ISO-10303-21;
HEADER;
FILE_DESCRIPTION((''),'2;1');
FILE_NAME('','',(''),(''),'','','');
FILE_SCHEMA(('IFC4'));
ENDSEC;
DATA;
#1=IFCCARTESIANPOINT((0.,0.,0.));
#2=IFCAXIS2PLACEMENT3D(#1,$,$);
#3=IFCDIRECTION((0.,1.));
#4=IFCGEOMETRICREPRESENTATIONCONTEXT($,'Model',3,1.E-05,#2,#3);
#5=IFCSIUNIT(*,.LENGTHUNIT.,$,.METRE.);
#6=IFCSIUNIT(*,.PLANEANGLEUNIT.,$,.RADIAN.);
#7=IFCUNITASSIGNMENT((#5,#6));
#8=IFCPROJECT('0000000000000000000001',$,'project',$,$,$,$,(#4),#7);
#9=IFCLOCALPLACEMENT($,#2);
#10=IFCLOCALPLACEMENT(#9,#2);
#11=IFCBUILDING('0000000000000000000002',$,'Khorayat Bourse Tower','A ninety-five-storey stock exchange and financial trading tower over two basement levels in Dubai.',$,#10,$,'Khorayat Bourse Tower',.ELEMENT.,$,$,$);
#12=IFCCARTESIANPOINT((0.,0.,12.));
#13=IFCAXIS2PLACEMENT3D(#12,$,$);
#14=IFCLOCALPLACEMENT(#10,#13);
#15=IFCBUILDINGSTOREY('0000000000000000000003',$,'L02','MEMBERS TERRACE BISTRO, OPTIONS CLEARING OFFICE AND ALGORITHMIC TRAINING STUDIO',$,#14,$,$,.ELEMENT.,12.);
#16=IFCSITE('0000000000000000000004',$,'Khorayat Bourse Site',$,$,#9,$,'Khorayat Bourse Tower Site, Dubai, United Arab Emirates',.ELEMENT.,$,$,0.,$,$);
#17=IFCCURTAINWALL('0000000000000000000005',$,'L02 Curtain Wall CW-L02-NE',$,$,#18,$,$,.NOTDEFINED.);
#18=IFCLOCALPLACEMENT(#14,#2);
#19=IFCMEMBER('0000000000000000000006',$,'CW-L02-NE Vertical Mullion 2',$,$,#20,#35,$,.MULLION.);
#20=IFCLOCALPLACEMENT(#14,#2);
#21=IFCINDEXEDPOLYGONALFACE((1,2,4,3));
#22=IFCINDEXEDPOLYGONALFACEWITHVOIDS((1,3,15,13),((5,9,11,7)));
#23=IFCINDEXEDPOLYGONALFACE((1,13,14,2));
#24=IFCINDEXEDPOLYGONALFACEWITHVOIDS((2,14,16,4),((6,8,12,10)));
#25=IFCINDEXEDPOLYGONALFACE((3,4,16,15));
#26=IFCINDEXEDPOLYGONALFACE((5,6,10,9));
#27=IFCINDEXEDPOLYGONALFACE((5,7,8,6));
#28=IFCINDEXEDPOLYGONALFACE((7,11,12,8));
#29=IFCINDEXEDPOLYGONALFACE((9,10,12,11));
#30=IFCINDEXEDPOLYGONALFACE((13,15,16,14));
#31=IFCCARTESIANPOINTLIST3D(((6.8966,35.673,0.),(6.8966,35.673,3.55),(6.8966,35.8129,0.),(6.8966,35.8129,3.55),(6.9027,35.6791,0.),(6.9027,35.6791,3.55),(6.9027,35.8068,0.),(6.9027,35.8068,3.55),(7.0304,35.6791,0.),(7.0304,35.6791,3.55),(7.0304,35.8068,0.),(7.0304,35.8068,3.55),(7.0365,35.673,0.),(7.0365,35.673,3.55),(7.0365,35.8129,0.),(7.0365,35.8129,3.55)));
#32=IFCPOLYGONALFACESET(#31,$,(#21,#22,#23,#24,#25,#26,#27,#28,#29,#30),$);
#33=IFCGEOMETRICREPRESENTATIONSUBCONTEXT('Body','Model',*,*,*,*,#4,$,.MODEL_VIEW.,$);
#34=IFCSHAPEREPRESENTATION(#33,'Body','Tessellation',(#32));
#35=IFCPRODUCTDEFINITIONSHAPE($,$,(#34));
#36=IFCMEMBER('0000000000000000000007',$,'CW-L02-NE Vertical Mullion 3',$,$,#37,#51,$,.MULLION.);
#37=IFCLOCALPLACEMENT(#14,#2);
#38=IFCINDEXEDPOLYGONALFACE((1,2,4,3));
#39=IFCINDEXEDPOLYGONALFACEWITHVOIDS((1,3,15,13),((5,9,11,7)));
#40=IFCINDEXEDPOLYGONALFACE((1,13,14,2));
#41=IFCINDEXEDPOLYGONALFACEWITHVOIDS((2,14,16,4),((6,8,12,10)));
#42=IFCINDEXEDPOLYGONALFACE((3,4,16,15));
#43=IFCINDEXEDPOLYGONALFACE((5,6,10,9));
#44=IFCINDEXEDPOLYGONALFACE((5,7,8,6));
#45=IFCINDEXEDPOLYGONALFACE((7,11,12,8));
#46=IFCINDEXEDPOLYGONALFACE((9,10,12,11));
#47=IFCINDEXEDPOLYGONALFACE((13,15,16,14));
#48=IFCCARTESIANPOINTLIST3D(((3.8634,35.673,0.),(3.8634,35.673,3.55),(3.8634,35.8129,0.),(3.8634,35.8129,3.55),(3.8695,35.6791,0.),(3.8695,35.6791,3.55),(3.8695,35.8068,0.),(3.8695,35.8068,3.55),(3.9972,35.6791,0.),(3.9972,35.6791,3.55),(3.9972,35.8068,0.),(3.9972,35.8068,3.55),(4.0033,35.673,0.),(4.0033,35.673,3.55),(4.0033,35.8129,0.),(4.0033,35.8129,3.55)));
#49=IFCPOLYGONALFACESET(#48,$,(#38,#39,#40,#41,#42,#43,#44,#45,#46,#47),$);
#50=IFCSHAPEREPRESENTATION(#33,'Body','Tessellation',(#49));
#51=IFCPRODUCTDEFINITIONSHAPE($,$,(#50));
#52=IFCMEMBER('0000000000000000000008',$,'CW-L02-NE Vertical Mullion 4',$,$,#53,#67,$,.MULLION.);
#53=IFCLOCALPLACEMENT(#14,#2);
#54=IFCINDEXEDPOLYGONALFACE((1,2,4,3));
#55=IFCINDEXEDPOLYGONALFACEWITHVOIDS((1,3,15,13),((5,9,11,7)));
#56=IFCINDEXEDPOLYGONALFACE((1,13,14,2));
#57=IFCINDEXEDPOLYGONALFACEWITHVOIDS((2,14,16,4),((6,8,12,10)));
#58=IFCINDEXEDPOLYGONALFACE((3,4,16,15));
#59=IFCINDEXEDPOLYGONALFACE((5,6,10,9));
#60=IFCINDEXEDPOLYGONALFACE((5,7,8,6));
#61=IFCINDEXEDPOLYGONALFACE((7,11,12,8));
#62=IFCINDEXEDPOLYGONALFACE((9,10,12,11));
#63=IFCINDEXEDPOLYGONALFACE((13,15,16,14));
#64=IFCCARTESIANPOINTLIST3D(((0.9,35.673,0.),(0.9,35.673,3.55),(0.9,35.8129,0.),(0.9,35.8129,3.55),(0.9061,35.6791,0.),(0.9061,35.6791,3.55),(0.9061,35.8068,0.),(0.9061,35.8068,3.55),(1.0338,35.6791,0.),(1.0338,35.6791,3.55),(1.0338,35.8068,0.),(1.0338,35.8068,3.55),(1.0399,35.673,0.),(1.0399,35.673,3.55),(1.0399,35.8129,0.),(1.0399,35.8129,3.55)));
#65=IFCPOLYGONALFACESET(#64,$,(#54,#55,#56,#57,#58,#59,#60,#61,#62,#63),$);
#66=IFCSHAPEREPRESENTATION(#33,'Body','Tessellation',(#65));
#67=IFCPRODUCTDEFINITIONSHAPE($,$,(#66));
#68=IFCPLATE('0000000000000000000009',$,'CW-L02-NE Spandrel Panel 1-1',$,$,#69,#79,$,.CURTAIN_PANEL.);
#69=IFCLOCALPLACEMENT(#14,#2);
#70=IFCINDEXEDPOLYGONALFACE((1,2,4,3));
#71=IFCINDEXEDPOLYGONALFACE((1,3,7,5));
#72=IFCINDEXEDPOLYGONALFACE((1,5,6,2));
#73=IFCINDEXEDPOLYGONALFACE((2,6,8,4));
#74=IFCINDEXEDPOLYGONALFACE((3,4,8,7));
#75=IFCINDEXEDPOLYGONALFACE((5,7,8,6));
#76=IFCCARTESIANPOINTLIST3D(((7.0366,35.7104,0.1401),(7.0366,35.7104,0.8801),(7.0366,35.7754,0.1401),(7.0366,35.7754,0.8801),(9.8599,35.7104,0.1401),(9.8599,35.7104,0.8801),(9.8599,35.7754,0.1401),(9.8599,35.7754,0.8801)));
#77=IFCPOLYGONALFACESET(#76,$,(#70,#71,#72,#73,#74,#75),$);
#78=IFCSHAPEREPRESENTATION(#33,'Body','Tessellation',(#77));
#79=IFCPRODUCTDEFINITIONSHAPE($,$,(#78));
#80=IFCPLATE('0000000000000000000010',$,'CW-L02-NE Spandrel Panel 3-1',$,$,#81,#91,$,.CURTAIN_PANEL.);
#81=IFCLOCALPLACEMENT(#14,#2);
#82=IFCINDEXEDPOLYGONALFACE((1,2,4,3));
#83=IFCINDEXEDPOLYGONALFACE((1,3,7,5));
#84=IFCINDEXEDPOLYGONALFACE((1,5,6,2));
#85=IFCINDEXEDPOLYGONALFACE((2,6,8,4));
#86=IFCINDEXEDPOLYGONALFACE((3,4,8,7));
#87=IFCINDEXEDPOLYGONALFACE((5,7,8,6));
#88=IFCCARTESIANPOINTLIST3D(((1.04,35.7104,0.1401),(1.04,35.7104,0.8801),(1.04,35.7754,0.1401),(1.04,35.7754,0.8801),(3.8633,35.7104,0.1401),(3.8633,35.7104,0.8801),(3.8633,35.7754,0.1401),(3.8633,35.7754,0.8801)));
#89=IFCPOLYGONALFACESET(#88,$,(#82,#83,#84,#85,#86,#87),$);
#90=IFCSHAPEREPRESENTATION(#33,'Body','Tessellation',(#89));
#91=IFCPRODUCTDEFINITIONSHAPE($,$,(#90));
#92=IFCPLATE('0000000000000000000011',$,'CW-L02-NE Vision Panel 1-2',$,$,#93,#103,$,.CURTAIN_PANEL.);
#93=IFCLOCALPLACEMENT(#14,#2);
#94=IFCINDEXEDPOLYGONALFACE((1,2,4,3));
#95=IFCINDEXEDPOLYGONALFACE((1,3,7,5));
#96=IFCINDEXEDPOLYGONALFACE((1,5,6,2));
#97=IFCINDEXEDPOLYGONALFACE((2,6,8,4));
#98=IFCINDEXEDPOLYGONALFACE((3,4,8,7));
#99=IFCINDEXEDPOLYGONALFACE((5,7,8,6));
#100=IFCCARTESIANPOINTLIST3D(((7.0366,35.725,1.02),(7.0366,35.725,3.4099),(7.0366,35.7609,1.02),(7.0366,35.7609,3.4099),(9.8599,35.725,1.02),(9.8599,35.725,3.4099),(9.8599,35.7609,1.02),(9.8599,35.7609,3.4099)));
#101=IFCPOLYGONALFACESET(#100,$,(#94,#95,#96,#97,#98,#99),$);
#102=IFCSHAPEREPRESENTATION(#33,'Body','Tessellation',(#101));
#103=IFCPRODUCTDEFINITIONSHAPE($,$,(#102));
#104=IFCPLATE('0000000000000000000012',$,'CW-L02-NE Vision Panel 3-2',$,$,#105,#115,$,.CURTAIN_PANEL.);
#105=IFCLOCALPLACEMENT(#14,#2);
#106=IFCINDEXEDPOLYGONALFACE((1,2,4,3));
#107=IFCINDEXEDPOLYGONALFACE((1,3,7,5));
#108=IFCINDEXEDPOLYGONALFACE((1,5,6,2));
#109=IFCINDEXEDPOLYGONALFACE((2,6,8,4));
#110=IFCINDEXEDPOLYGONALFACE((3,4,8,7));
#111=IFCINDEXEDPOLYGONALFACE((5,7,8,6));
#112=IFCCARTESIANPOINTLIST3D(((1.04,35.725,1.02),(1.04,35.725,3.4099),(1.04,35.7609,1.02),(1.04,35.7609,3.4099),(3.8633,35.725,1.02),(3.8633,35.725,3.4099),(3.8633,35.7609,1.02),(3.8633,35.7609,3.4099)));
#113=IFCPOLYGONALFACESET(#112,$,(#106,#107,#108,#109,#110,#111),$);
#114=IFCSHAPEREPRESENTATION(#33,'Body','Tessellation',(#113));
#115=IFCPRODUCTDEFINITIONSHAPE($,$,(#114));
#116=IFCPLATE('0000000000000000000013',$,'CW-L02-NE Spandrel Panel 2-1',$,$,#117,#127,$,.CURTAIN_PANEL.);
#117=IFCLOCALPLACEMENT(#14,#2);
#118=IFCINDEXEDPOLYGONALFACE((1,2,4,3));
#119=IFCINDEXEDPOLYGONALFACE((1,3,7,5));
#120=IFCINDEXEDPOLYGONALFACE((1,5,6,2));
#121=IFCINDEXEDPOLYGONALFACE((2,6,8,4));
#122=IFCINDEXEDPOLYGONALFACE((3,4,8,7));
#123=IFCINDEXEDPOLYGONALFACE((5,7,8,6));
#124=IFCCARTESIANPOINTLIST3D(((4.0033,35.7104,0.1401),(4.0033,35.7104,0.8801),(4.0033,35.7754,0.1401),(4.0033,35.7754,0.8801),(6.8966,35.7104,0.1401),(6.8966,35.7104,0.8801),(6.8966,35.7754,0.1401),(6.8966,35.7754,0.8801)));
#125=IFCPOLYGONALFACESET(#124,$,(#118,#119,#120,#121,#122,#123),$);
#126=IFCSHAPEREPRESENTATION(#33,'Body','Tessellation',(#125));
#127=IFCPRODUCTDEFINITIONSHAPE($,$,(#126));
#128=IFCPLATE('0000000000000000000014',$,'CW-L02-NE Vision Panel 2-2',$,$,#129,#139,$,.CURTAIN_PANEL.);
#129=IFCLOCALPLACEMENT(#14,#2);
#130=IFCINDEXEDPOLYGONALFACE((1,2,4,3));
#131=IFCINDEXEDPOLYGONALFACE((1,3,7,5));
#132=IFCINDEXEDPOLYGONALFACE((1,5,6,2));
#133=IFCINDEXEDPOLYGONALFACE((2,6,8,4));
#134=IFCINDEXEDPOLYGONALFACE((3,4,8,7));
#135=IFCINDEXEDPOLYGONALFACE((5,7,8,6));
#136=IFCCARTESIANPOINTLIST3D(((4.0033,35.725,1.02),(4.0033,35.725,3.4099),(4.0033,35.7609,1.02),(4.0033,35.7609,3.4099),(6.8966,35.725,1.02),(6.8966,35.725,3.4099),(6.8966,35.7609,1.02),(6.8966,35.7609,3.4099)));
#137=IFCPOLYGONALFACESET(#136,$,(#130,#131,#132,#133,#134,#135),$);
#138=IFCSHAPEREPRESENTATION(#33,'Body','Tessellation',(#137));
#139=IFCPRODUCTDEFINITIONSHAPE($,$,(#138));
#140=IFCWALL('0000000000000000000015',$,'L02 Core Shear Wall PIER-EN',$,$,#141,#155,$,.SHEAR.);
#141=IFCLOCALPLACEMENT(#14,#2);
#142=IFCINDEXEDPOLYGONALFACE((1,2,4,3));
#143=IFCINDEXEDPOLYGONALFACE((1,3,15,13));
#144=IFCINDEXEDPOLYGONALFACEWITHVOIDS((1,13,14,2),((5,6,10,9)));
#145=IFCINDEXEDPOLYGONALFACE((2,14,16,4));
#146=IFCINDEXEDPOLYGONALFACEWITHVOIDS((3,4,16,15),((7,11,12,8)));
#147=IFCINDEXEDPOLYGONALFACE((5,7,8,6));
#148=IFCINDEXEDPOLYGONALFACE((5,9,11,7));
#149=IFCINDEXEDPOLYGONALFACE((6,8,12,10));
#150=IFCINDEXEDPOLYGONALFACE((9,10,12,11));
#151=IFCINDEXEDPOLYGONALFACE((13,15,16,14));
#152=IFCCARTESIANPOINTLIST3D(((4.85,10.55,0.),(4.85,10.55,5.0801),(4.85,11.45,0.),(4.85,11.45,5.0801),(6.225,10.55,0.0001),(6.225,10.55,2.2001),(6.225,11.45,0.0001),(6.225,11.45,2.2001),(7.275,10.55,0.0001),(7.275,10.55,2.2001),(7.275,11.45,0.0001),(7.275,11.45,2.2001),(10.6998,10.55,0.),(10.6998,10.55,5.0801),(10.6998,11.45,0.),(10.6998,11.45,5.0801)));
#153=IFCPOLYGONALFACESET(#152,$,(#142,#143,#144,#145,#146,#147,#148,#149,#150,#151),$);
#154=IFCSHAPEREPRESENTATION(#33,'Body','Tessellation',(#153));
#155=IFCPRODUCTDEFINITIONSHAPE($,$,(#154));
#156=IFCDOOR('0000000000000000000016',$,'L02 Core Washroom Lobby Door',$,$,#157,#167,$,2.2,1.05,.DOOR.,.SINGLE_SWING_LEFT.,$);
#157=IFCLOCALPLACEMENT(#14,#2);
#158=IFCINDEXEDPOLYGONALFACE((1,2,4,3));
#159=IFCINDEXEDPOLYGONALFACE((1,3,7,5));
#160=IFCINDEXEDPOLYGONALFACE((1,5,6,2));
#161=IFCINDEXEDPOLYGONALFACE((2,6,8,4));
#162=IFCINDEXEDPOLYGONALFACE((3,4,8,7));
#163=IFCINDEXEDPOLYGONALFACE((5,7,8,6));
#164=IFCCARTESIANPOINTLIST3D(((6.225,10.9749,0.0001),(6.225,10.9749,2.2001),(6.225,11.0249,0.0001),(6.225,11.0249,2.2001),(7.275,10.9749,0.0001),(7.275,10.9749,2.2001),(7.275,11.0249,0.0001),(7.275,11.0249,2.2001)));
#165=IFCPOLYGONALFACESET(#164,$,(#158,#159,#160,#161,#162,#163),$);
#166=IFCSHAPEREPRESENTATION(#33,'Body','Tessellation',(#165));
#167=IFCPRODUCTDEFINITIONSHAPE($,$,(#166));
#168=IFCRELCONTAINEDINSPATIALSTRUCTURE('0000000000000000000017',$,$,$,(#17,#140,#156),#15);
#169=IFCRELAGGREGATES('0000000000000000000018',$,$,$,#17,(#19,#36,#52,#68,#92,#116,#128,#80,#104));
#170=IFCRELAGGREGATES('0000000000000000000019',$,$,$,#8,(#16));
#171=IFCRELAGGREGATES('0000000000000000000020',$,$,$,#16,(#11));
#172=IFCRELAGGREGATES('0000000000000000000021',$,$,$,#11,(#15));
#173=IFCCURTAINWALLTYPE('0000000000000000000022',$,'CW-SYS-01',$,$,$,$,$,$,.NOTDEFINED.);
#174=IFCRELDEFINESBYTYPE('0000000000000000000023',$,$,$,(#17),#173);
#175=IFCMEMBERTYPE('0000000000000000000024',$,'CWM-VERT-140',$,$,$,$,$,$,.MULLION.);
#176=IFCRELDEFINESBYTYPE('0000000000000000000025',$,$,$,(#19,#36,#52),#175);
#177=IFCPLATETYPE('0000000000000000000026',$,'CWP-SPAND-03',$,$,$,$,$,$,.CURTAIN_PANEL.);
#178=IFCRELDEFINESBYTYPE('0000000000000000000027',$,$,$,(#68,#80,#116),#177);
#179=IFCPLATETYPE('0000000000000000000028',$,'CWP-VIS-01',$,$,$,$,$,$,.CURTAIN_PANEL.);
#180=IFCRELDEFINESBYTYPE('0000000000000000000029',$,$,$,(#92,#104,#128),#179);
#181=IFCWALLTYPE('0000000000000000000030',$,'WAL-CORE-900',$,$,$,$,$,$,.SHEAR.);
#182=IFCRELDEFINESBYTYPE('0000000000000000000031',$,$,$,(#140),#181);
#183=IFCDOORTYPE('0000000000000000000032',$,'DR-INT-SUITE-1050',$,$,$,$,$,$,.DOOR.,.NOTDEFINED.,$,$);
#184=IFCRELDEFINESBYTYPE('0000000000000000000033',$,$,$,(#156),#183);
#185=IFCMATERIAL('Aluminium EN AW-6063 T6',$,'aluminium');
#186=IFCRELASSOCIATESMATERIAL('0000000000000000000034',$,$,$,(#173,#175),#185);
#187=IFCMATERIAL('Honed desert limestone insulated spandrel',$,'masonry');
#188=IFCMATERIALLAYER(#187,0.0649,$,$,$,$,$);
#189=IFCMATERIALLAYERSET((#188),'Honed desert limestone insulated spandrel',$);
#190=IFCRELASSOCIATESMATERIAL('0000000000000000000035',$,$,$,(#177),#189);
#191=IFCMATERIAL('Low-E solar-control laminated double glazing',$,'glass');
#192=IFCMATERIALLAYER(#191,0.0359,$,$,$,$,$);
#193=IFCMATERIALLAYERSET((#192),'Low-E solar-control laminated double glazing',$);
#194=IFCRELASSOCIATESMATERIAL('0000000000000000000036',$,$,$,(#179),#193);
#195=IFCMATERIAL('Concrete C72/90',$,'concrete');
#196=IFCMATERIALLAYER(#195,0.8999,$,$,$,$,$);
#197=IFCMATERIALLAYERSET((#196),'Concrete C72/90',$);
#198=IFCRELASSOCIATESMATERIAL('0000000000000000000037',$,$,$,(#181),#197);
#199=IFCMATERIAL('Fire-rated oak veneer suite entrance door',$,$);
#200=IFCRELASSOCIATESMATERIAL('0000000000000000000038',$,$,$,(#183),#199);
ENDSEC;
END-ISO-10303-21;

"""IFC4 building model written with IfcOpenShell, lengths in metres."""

from ifc_helpers import new_model, si_unit, direction, frame, frame_2d, origin, origin_2d, place, context, subcontext, project, spatial, rectangle, hollow_rectangle, extrude, source, transform, mapped, material, layer, layer_set, material_profile, profile_set, type_object, element, fill, aggregate, save


model = new_model("IFC4")

# Units and contexts
model_context = context("Model", 3, precision=1e-05, world=origin(), true_north=direction((0.0, 1.0)))
body_context = subcontext(model_context, "Body", "Model", "MODEL_VIEW")
ifc_project = project(units=[si_unit("LENGTHUNIT", "METRE"), si_unit("PLANEANGLEUNIT", "RADIAN")], contexts=[model_context])

# Site, building, storey
site_placement = place(None, origin())
site = spatial("IfcSite", under=ifc_project, at=site_placement, Name="Khorayat Bourse Site", LongName="Khorayat Bourse Tower Site, Dubai, United Arab Emirates", CompositionType="ELEMENT", RefElevation=0.0)
building_placement = place(site_placement, origin())
building = spatial("IfcBuilding", under=site, at=building_placement, Name="Khorayat Bourse Tower", Description="A ninety-five-storey stock exchange and financial trading tower over two basement levels in Dubai.", LongName="Khorayat Bourse Tower", CompositionType="ELEMENT")
storey_placement = place(building_placement, frame((0.0, 0.0, 12.0)))
storey = spatial("IfcBuildingStorey", under=building, at=storey_placement, Name="L02", Description="MEMBERS TERRACE BISTRO, OPTIONS CLEARING OFFICE AND ALGORITHMIC TRAINING STUDIO", CompositionType="ELEMENT", Elevation=12.0)

# Shared definitions
ifc_material_1 = material(Name="Concrete C72/90", Category="concrete")

# Curtain wall
ifc_material_2 = material(Name="Aluminium EN AW-6063 T6", Category="aluminium")
curtain_wall_type = type_object("IfcCurtainWallType", Name="CW-SYS-01", PredefinedType="NOTDEFINED", material=ifc_material_2)
curtain_wall_1_placement = place(storey_placement, origin())
curtain_wall_1 = element("IfcCurtainWall", 1, at=curtain_wall_1_placement, inside=storey, type_object=curtain_wall_type, Name="L02 Curtain Wall CW-L02-NE", PredefinedType="NOTDEFINED")

# Members
ifc_material_profile_1 = material_profile(ifc_material_2, hollow_rectangle(XDim=0.1399, YDim=0.1399, WallThickness=0.0061, at=origin_2d()), Name="ALU 140x140x6")
ifc_profile_set_1 = profile_set([ifc_material_profile_1], Name="Aluminium EN AW-6063 T6")
member_type_1 = type_object("IfcMemberType", Name="CWM-VERT-140", PredefinedType="MULLION", material=ifc_profile_set_1)
shared_shape_1 = source(origin(), body_context, "Body", "SweptSolid", [
    extrude(hollow_rectangle(XDim=0.1399, YDim=0.1399, WallThickness=0.0061, at=origin_2d()), origin(), (0.0, 0.0, 1.0), 3.55),
])
member_1_placement = place(storey_placement, frame((6.9666, 35.7429, 0.0), z_axis=(0.0, 0.0, 1.0), x_axis=(0.0, -1.0, 0.0)))
member_1 = element("IfcMember", 2, at=member_1_placement, type_object=member_type_1, Name="CW-L02-NE Vertical Mullion 2", PredefinedType="MULLION", context=body_context, shape_type="MappedRepresentation", body=[
    mapped(shared_shape_1, transform((0.0, 0.0, 0.0), scale=1.0)),
])
member_2_placement = place(storey_placement, frame((3.9333, 35.7429, 0.0), z_axis=(0.0, 0.0, 1.0), x_axis=(0.0, -1.0, 0.0)))
member_2 = element("IfcMember", 3, at=member_2_placement, type_object=member_type_1, Name="CW-L02-NE Vertical Mullion 3", PredefinedType="MULLION", context=body_context, shape_type="MappedRepresentation", body=[
    mapped(shared_shape_1, transform((0.0, 0.0, 0.0), scale=1.0)),
])
member_3_placement = place(storey_placement, frame((0.97, 35.7429, 0.0), z_axis=(0.0, 0.0, 1.0), x_axis=(0.0, -1.0, 0.0)))
member_3 = element("IfcMember", 4, at=member_3_placement, type_object=member_type_1, Name="CW-L02-NE Vertical Mullion 4", PredefinedType="MULLION", context=body_context, shape_type="MappedRepresentation", body=[
    mapped(shared_shape_1, transform((0.0, 0.0, 0.0), scale=1.0)),
])

# Plates
ifc_material_3 = material(Name="Honed desert limestone insulated spandrel", Category="masonry")
ifc_layer_1 = layer(ifc_material_3, 0.0649)
ifc_layer_set_1 = layer_set([ifc_layer_1], Name="Honed desert limestone insulated spandrel")
plate_type_1 = type_object("IfcPlateType", Name="CWP-SPAND-03", PredefinedType="CURTAIN_PANEL", material=ifc_layer_set_1)
shared_shape_2 = source(origin(), body_context, "Body", "SweptSolid", [
    extrude(rectangle(XDim=2.8232, YDim=0.0649, at=origin_2d()), origin(), (0.0, 0.0, 1.0), 0.74),
])
plate_1_placement = place(storey_placement, frame((8.4482, 35.7429, 0.1401), z_axis=(0.0, 0.0, 1.0), x_axis=(-1.0, 0.0, 0.0)))
plate_1 = element("IfcPlate", 5, at=plate_1_placement, type_object=plate_type_1, Name="CW-L02-NE Spandrel Panel 1-1", PredefinedType="CURTAIN_PANEL", context=body_context, shape_type="MappedRepresentation", body=[
    mapped(shared_shape_2, transform((0.0, 0.0, 0.0), scale=1.0)),
])
plate_2_placement = place(storey_placement, frame((2.4517, 35.7429, 0.1401), z_axis=(0.0, 0.0, 1.0), x_axis=(-1.0, 0.0, 0.0)))
plate_2 = element("IfcPlate", 6, at=plate_2_placement, type_object=plate_type_1, Name="CW-L02-NE Spandrel Panel 3-1", PredefinedType="CURTAIN_PANEL", context=body_context, shape_type="MappedRepresentation", body=[
    mapped(shared_shape_2, transform((0.0, 0.0, 0.0), scale=1.0)),
])
ifc_material_4 = material(Name="Low-E solar-control laminated double glazing", Category="glass")
ifc_layer_2 = layer(ifc_material_4, 0.0359)
ifc_layer_set_2 = layer_set([ifc_layer_2], Name="Low-E solar-control laminated double glazing")
plate_type_2 = type_object("IfcPlateType", Name="CWP-VIS-01", PredefinedType="CURTAIN_PANEL", material=ifc_layer_set_2)
shared_shape_3 = source(origin(), body_context, "Body", "SweptSolid", [
    extrude(rectangle(XDim=2.8232, YDim=0.0359, at=origin_2d()), origin(), (0.0, 0.0, 1.0), 2.3899),
])
plate_3_placement = place(storey_placement, frame((8.4482, 35.7429, 1.02), z_axis=(0.0, 0.0, 1.0), x_axis=(-1.0, 0.0, 0.0)))
plate_3 = element("IfcPlate", 7, at=plate_3_placement, type_object=plate_type_2, Name="CW-L02-NE Vision Panel 1-2", PredefinedType="CURTAIN_PANEL", context=body_context, shape_type="MappedRepresentation", body=[
    mapped(shared_shape_3, transform((0.0, 0.0, 0.0), scale=1.0)),
])
plate_4_placement = place(storey_placement, frame((2.4517, 35.7429, 1.02), z_axis=(0.0, 0.0, 1.0), x_axis=(-1.0, 0.0, 0.0)))
plate_4 = element("IfcPlate", 8, at=plate_4_placement, type_object=plate_type_2, Name="CW-L02-NE Vision Panel 3-2", PredefinedType="CURTAIN_PANEL", context=body_context, shape_type="MappedRepresentation", body=[
    mapped(shared_shape_3, transform((0.0, 0.0, 0.0), scale=1.0)),
])
shared_shape_4 = source(origin(), body_context, "Body", "SweptSolid", [
    extrude(rectangle(XDim=2.8933, YDim=0.0649, at=origin_2d()), origin(), (0.0, 0.0, 1.0), 0.74),
])
plate_5_placement = place(storey_placement, frame((5.45, 35.7429, 0.1401), z_axis=(0.0, 0.0, 1.0), x_axis=(-1.0, 0.0, 0.0)))
plate_5 = element("IfcPlate", 9, at=plate_5_placement, type_object=plate_type_1, Name="CW-L02-NE Spandrel Panel 2-1", PredefinedType="CURTAIN_PANEL", context=body_context, shape_type="MappedRepresentation", body=[
    mapped(shared_shape_4, transform((0.0, 0.0, 0.0), scale=1.0)),
])
shared_shape_5 = source(origin(), body_context, "Body", "SweptSolid", [
    extrude(rectangle(XDim=2.8933, YDim=0.0359, at=origin_2d()), origin(), (0.0, 0.0, 1.0), 2.3899),
])
plate_6_placement = place(storey_placement, frame((5.45, 35.7429, 1.02), z_axis=(0.0, 0.0, 1.0), x_axis=(-1.0, 0.0, 0.0)))
plate_6 = element("IfcPlate", 10, at=plate_6_placement, type_object=plate_type_2, Name="CW-L02-NE Vision Panel 2-2", PredefinedType="CURTAIN_PANEL", context=body_context, shape_type="MappedRepresentation", body=[
    mapped(shared_shape_5, transform((0.0, 0.0, 0.0), scale=1.0)),
])
aggregate(curtain_wall_1, [member_1, member_2, member_3, plate_1, plate_3, plate_5, plate_6, plate_2, plate_4])

# Wall, opening, door
ifc_layer_3 = layer(ifc_material_1, 0.8999)
ifc_layer_set_3 = layer_set([ifc_layer_3], Name="Concrete C72/90")
wall_type_1 = type_object("IfcWallType", Name="WAL-CORE-900", PredefinedType="SHEAR", material=ifc_layer_set_3)
shared_shape_6 = source(origin(), body_context, "Body", "SweptSolid", [
    extrude(rectangle(XDim=5.8499, YDim=0.8999, at=frame_2d((2.9248, 0.0))), origin(), (0.0, 0.0, 1.0), 5.0801),
])
wall_1_placement = place(storey_placement, frame((4.8501, 11.0, 0.0), z_axis=(0.0, 0.0, 1.0), x_axis=(1.0, 0.0, 0.0)))
wall_1 = element("IfcWall", 11, at=wall_1_placement, inside=storey, type_object=wall_type_1, Name="L02 Core Shear Wall PIER-EN", PredefinedType="SHEAR", context=body_context, shape_type="MappedRepresentation", body=[
    mapped(shared_shape_6, transform((0.0, 0.0, 0.0), scale=1.0)),
])
shared_shape_7 = source(origin(), body_context, "Body", "SweptSolid", [
    extrude(rectangle(XDim=1.05, YDim=2.2, at=frame_2d((0.5249, 1.1001))), frame((0.0, 0.46, 0.0), z_axis=(0.0, -1.0, 0.0), x_axis=(1.0, 0.0, 0.0)), (0.0, 0.0, 1.0), 0.9199),
])
opening_placement = place(wall_1_placement, frame((1.375, 0.0, 0.0)))
opening = element("IfcOpeningElement", 12, at=opening_placement, cuts=wall_1, PredefinedType="OPENING", context=body_context, shape_type="MappedRepresentation", body=[
    mapped(shared_shape_7, transform((0.0, 0.0, 0.0), scale=1.0)),
])
ifc_material_5 = material(Name="Fire-rated oak veneer suite entrance door")
door_type = type_object("IfcDoorType", Name="DR-INT-SUITE-1050", OperationType="NOTDEFINED", PredefinedType="DOOR", material=ifc_material_5)
shared_shape_8 = source(origin(), body_context, "Body", "SweptSolid", [
    extrude(rectangle(XDim=1.05, YDim=2.2, at=frame_2d((0.5249, 1.1001))), frame((0.0, 0.0249, 0.0), z_axis=(0.0, -1.0, 0.0), x_axis=(1.0, 0.0, 0.0)), (0.0, 0.0, 1.0), 0.05),
])
door_placement = place(opening_placement, origin())
door = element("IfcDoor", 13, at=door_placement, inside=storey, type_object=door_type, Name="L02 Core Washroom Lobby Door", OperationType="SINGLE_SWING_LEFT", OverallHeight=2.2, OverallWidth=1.05, PredefinedType="DOOR", context=body_context, shape_type="MappedRepresentation", body=[
    mapped(shared_shape_8, transform((0.0, 0.0, 0.0), scale=1.0)),
])
fill(opening, door)

save(model, "model.ifc")
